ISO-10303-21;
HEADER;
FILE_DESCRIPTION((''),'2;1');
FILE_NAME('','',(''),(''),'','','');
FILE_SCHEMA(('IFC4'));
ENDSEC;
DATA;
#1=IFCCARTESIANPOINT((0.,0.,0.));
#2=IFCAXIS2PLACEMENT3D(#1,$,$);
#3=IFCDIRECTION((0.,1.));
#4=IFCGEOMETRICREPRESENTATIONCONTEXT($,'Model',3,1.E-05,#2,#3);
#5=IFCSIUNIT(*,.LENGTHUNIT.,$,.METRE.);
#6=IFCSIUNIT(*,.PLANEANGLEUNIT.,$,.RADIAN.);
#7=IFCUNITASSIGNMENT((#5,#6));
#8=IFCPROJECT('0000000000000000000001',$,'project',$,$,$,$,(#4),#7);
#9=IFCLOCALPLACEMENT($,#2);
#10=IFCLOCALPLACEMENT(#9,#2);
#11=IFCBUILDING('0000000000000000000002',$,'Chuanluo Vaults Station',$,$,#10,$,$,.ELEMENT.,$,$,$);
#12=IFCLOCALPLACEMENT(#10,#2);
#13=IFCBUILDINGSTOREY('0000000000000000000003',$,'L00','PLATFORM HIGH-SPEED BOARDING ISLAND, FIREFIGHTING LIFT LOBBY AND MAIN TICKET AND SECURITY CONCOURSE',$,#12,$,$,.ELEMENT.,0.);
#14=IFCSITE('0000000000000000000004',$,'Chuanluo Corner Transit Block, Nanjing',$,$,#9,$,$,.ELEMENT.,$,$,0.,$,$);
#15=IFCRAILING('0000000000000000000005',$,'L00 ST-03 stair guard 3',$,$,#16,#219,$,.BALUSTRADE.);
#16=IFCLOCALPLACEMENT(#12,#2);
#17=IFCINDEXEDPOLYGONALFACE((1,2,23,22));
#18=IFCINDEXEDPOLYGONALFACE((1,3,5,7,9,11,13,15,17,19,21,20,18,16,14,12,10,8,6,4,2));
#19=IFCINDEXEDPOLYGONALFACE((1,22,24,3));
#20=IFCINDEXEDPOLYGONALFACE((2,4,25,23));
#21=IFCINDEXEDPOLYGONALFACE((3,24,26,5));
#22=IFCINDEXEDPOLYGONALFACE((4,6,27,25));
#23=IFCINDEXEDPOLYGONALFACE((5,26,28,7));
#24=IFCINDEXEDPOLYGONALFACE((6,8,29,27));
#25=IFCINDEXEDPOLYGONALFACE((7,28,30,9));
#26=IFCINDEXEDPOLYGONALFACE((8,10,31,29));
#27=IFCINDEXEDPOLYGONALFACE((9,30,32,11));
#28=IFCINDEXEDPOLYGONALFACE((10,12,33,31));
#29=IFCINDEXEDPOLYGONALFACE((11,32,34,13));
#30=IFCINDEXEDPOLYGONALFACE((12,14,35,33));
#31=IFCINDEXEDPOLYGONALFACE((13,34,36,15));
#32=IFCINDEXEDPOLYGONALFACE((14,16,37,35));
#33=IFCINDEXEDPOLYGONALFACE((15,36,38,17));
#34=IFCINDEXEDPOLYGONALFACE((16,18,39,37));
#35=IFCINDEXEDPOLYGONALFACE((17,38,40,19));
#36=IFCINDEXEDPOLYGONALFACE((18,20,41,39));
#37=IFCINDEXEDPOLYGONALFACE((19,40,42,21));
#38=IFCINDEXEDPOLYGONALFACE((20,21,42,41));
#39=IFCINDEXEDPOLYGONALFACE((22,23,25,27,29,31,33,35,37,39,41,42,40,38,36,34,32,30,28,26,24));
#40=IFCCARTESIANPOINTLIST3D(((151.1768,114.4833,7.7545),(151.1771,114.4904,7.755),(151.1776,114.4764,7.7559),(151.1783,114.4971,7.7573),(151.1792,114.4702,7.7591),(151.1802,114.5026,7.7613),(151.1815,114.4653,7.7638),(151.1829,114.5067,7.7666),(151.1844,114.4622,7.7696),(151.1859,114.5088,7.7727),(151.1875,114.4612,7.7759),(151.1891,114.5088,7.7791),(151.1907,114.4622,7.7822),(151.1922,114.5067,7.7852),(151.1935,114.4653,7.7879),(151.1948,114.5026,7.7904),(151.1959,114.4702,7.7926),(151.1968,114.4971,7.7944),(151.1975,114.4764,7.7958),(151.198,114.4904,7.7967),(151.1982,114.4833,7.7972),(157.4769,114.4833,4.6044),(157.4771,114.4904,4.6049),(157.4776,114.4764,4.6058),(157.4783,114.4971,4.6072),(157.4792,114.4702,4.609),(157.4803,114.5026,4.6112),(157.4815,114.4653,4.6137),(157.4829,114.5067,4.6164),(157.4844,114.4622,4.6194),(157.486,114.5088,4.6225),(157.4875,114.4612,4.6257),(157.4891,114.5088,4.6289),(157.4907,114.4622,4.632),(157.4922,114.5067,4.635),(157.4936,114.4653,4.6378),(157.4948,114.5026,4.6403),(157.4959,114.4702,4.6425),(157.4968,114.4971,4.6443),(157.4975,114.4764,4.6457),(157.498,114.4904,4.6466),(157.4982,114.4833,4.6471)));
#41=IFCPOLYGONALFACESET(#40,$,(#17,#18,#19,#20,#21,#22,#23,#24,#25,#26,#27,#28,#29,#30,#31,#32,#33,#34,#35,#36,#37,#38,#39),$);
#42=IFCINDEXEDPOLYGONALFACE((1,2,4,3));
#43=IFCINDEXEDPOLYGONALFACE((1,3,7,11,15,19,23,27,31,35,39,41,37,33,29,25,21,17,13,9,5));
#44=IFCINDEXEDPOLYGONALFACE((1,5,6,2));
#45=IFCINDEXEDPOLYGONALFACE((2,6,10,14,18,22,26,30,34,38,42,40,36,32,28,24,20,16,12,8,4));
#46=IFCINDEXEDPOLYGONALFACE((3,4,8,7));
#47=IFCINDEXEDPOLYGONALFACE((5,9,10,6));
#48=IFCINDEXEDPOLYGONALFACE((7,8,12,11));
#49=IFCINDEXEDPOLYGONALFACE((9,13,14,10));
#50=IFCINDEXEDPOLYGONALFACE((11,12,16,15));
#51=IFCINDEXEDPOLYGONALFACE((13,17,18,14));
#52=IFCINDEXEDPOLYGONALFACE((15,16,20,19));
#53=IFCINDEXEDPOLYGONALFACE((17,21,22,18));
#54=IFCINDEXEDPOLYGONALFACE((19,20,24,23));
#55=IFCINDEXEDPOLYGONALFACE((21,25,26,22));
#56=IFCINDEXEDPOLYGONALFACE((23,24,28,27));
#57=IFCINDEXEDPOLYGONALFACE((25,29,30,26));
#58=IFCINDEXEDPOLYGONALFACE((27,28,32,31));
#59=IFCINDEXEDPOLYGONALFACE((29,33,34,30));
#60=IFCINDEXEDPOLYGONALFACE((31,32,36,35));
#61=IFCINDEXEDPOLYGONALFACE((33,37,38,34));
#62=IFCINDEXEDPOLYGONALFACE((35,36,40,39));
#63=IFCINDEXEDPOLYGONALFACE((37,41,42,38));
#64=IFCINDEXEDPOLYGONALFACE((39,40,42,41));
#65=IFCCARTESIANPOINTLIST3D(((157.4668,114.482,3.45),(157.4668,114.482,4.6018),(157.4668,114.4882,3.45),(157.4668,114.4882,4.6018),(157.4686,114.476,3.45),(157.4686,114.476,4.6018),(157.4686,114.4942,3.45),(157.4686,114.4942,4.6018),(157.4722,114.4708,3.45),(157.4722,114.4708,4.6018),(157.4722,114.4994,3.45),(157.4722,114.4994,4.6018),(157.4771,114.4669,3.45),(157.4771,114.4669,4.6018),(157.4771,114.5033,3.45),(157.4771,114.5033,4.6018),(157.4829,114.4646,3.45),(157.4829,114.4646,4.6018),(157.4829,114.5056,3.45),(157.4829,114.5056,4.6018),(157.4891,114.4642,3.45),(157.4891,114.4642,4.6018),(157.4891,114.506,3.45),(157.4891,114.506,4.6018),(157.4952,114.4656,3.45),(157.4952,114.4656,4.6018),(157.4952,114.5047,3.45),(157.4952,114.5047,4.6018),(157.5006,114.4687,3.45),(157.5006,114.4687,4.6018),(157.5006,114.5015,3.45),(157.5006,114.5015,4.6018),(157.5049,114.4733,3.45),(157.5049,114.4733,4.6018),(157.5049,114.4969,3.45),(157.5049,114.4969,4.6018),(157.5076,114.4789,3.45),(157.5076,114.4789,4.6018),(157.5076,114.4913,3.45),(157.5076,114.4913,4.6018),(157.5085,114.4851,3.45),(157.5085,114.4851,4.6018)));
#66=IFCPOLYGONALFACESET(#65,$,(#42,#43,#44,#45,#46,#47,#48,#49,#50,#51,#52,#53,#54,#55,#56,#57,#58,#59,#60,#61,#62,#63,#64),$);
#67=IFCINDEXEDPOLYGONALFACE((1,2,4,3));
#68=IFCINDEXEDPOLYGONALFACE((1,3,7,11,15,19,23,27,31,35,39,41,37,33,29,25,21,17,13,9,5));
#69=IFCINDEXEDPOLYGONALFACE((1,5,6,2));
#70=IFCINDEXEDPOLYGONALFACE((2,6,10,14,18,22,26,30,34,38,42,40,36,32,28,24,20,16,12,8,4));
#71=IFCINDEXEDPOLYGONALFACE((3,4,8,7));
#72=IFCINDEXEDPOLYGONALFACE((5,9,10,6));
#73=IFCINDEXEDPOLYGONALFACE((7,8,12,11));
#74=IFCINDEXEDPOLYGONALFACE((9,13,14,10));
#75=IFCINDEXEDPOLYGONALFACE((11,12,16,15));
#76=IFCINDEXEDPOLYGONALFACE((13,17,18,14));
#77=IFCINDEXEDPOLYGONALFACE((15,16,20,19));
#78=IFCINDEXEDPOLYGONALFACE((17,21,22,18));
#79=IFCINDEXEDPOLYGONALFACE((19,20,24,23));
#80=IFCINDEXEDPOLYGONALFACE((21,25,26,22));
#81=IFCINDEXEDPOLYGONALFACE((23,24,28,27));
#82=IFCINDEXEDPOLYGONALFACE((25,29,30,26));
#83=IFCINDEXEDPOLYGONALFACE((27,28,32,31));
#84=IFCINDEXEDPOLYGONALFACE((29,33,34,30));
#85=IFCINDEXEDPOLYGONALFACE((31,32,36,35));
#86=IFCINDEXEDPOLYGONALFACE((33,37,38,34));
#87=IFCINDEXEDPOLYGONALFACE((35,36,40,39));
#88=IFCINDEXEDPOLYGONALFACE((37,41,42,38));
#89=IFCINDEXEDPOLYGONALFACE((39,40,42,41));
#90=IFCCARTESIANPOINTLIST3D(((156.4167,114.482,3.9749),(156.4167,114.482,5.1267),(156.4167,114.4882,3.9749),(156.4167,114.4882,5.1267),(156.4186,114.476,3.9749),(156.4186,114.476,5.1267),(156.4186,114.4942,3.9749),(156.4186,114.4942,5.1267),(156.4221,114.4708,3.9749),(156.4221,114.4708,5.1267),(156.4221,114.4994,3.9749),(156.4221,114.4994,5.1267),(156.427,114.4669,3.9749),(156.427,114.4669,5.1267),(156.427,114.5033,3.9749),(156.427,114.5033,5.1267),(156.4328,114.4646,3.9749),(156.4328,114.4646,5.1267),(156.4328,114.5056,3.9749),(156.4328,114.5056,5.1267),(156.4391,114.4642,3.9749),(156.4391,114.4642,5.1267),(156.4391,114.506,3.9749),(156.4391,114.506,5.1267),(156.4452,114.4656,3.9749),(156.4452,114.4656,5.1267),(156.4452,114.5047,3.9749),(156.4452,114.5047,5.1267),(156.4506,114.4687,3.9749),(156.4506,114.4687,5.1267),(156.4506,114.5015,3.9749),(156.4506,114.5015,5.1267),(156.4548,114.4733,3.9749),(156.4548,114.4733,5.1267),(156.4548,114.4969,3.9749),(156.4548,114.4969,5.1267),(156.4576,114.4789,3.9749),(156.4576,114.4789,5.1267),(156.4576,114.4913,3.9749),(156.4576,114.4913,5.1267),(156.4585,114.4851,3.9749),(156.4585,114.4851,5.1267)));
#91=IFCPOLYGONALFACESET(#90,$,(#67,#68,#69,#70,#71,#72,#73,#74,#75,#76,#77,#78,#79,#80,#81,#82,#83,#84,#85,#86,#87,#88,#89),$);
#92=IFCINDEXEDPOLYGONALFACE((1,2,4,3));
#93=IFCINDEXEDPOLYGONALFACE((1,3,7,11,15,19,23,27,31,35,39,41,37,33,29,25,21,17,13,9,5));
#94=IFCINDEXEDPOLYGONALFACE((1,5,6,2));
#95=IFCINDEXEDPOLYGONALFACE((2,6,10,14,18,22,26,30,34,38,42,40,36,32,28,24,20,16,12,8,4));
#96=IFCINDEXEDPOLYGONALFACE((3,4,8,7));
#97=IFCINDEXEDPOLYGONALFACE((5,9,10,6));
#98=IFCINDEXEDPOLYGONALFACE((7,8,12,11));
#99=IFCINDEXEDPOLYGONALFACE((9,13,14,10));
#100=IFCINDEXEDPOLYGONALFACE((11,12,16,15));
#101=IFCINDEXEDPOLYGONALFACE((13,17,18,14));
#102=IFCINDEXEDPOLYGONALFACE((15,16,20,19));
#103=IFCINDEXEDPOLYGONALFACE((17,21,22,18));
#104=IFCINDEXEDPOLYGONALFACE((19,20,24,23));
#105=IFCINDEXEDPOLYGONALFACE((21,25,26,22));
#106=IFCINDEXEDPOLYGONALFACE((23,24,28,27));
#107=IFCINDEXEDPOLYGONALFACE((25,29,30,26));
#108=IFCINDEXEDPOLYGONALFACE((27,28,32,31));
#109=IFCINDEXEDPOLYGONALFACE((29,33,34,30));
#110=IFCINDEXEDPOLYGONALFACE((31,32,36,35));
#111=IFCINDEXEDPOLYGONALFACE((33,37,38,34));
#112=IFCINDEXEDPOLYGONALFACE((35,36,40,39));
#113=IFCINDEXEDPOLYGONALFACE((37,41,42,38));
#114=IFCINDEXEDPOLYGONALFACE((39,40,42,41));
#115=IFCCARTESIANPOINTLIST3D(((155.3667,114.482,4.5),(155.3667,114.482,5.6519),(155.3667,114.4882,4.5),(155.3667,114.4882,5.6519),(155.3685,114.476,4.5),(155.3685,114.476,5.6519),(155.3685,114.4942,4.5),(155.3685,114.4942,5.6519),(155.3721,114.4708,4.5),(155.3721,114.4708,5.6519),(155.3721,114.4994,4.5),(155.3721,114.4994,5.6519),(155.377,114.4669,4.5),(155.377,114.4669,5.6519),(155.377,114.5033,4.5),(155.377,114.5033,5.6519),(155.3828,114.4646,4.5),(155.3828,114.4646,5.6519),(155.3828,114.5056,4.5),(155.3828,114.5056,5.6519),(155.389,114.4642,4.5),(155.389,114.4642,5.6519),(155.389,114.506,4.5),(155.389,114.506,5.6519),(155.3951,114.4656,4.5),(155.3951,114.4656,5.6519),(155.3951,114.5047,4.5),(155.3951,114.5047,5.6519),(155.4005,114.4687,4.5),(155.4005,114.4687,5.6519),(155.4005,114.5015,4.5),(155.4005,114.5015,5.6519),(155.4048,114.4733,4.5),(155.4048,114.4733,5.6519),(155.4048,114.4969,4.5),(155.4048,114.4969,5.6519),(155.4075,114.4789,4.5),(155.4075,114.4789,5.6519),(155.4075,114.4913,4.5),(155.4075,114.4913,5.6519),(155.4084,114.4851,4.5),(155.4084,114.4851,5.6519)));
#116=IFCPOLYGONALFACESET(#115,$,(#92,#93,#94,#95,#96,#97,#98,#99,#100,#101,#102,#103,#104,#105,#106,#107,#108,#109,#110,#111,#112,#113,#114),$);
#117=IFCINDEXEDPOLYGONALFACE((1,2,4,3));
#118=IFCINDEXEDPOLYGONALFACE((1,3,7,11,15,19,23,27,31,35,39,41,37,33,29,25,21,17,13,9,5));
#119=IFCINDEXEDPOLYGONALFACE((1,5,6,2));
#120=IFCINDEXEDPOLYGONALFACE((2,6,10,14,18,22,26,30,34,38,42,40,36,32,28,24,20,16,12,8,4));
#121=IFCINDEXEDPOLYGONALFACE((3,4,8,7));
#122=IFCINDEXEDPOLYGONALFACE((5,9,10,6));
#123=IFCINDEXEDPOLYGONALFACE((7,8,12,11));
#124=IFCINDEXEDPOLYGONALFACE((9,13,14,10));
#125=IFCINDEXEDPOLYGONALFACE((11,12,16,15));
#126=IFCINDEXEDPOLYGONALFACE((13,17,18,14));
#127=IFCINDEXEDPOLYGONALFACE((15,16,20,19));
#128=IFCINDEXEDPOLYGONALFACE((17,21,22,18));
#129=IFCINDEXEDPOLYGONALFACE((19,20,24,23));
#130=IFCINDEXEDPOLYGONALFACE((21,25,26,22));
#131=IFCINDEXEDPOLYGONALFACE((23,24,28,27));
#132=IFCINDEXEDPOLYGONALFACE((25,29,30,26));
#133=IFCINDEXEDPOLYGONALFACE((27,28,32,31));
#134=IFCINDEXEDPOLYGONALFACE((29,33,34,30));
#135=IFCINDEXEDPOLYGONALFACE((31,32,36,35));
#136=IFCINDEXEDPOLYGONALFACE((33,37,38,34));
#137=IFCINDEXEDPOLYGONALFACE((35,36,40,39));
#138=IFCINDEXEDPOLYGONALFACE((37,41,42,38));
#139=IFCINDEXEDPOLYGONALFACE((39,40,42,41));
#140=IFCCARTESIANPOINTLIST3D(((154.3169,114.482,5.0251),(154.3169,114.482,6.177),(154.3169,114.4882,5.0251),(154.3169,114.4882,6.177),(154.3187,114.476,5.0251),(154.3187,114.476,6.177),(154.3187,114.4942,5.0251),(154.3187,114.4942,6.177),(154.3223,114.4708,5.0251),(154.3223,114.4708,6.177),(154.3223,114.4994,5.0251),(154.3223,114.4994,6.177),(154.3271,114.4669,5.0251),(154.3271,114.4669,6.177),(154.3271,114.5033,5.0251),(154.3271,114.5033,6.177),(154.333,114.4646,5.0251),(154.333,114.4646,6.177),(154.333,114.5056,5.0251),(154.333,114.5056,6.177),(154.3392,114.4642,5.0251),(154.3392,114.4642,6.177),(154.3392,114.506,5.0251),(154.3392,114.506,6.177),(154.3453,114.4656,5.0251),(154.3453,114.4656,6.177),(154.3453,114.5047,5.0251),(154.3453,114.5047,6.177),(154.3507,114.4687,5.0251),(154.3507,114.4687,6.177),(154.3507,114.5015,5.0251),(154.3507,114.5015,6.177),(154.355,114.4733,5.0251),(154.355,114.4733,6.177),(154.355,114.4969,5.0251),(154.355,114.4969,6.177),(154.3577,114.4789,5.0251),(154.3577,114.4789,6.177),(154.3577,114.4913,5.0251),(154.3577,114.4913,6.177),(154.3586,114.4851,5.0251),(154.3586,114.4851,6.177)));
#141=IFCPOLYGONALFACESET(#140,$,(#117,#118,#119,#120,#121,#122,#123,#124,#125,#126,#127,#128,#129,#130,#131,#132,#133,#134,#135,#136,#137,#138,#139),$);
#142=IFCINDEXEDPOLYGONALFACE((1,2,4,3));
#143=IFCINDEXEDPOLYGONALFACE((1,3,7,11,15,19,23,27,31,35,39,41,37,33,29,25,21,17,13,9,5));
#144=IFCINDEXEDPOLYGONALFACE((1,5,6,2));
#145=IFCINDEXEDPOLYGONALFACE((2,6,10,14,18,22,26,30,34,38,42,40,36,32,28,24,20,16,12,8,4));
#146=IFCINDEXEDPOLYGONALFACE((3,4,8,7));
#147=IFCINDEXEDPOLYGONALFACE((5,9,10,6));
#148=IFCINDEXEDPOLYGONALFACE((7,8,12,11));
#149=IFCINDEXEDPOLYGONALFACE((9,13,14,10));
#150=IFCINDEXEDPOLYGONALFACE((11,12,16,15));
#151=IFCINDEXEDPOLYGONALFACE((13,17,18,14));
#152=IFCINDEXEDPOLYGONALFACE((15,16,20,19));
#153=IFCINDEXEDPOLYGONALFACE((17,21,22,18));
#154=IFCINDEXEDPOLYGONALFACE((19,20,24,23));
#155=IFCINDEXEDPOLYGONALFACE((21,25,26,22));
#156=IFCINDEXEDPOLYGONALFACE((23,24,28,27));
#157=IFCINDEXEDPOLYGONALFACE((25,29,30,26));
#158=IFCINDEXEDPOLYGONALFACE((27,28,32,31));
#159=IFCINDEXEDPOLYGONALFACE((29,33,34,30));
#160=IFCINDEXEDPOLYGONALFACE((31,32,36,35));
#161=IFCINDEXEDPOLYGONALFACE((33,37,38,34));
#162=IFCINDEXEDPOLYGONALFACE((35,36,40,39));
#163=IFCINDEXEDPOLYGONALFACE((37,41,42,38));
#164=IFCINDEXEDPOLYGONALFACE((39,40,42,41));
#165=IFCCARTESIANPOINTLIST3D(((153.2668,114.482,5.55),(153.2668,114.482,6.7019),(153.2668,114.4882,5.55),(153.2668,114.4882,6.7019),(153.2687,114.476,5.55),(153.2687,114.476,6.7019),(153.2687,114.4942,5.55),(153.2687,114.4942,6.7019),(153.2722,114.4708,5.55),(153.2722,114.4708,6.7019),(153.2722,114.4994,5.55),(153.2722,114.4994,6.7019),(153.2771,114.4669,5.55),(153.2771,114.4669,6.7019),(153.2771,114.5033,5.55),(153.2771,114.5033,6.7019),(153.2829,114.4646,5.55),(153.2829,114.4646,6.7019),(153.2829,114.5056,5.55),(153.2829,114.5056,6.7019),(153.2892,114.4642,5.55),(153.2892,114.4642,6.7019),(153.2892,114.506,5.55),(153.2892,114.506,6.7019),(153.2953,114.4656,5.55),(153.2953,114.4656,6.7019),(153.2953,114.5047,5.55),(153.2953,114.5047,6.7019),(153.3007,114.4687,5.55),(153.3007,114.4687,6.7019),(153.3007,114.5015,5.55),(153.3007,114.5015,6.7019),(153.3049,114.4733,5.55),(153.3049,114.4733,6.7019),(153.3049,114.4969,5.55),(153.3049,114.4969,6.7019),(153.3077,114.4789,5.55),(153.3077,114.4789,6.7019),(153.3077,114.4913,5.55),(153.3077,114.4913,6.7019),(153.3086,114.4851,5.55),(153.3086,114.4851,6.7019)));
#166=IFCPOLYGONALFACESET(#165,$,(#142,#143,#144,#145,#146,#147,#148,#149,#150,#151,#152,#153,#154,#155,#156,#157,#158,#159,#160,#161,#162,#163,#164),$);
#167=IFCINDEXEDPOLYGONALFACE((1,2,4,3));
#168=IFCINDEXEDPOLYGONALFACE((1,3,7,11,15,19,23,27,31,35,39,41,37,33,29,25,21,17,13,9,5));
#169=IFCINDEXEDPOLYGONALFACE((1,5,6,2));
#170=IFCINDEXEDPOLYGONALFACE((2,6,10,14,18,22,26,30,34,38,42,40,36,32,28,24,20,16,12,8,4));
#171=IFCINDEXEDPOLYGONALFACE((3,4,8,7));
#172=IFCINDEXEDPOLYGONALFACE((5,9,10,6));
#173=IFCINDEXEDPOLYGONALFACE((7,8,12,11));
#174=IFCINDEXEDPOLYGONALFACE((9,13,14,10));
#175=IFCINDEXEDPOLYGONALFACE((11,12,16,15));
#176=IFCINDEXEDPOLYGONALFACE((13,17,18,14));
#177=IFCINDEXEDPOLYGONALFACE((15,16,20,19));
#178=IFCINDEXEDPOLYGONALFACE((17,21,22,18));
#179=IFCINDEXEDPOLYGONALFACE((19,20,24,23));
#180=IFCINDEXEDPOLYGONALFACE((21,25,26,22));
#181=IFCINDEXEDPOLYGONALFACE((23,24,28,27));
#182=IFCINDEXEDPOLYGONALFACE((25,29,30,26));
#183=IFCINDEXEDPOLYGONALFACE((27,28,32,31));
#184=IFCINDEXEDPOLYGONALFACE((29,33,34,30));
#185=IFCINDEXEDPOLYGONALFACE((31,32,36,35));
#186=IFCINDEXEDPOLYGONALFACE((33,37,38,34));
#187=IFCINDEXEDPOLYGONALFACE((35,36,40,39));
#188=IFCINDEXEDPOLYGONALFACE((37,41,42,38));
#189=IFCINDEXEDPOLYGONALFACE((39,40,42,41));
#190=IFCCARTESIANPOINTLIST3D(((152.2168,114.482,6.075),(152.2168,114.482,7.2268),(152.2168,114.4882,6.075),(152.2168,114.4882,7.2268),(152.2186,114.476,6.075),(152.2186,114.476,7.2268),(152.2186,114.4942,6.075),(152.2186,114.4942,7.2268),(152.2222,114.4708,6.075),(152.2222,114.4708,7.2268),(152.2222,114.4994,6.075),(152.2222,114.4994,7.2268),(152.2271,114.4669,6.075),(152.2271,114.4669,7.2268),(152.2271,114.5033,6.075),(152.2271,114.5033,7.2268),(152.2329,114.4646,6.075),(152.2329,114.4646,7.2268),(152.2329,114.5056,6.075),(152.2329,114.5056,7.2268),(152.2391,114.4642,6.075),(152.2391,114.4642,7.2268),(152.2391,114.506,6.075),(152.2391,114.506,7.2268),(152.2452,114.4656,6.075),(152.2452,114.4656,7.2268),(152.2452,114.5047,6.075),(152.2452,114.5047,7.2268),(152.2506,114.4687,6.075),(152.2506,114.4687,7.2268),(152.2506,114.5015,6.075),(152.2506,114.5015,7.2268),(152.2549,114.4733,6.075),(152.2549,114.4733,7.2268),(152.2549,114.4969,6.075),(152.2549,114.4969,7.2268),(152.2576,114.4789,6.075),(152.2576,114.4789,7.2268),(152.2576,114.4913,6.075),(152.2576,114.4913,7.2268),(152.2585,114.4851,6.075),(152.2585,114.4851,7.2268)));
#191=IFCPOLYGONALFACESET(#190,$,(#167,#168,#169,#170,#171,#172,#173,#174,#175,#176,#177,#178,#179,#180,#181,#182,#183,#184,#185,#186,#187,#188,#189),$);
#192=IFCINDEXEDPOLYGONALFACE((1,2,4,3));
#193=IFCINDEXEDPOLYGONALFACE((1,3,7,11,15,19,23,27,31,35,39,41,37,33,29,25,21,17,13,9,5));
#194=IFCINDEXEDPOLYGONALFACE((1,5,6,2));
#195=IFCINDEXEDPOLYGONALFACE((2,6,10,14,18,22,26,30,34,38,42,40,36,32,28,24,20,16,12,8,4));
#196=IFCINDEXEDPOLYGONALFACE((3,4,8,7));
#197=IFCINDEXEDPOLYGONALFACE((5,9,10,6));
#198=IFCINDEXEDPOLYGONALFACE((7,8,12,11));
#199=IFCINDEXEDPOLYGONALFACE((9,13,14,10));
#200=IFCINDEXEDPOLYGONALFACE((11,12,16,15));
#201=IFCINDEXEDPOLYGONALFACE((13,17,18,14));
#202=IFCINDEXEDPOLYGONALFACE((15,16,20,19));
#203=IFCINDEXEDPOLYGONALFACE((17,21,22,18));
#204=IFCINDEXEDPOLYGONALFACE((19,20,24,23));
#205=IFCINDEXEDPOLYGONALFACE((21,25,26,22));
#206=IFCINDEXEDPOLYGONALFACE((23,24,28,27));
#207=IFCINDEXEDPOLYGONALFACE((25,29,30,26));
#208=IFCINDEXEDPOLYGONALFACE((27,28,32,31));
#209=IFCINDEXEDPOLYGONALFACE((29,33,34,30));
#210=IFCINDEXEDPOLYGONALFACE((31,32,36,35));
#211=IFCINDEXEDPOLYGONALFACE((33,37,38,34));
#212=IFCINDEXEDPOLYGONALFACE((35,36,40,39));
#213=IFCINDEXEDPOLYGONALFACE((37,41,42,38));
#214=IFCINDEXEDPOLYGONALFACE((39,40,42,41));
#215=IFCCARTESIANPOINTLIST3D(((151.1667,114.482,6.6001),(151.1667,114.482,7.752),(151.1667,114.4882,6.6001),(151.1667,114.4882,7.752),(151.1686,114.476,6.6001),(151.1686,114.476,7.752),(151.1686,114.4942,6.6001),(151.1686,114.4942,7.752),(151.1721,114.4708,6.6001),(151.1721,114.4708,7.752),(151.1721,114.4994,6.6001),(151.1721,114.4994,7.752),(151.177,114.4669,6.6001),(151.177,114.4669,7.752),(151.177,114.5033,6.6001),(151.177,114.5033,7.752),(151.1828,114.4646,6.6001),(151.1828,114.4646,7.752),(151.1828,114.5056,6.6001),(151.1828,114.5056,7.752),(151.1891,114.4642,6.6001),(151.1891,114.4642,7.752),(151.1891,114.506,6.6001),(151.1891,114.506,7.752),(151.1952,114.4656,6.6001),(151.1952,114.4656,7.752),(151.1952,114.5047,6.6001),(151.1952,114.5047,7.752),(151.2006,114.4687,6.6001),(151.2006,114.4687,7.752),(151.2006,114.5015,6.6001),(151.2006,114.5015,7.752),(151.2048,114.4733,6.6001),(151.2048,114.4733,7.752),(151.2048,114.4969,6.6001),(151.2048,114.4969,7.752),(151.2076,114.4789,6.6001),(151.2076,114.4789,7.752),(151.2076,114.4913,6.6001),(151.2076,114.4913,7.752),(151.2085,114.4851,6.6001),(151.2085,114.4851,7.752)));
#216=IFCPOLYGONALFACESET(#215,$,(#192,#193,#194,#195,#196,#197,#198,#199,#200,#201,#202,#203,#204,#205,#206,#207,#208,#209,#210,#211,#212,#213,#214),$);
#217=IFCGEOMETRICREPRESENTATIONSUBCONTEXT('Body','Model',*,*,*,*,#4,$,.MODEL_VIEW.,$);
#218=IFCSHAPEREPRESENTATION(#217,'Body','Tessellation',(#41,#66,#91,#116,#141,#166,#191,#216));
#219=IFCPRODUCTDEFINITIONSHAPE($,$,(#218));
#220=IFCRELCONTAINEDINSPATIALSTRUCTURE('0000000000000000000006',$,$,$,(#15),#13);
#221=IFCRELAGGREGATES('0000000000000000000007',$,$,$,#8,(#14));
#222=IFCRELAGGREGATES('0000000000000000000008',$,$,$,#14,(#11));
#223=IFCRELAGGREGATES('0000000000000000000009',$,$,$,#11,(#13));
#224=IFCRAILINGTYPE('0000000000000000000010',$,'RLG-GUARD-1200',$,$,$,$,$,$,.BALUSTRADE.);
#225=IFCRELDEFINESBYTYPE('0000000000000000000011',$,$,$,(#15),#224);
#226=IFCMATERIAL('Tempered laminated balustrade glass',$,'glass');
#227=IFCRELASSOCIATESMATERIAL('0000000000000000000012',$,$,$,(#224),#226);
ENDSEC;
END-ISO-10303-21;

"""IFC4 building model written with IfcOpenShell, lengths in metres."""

from ifc_helpers import new_model, si_unit, direction, frame, origin, origin_2d, place, context, subcontext, project, spatial, circle, extrude, material, type_object, element, save


model = new_model("IFC4")

# Units and contexts
model_context = context("Model", 3, precision=1e-05, world=origin(), true_north=direction((0.0, 1.0)))
body_context = subcontext(model_context, "Body", "Model", "MODEL_VIEW")
ifc_project = project(units=[si_unit("LENGTHUNIT", "METRE"), si_unit("PLANEANGLEUNIT", "RADIAN")], contexts=[model_context])

# Site, building, storey
site_placement = place(None, origin())
site = spatial("IfcSite", under=ifc_project, at=site_placement, Name="Chuanluo Corner Transit Block, Nanjing", CompositionType="ELEMENT", RefElevation=0.0)
building_placement = place(site_placement, origin())
building = spatial("IfcBuilding", under=site, at=building_placement, Name="Chuanluo Vaults Station", CompositionType="ELEMENT")
storey_placement = place(building_placement, origin())
storey = spatial("IfcBuildingStorey", under=building, at=storey_placement, Name="L00", Description="PLATFORM HIGH-SPEED BOARDING ISLAND, FIREFIGHTING LIFT LOBBY AND MAIN TICKET AND SECURITY CONCOURSE", CompositionType="ELEMENT", Elevation=0.0)

# Railing
ifc_material_1 = material(Name="Tempered laminated balustrade glass", Category="glass")
railing_type_1 = type_object("IfcRailingType", Name="RLG-GUARD-1200", PredefinedType="BALUSTRADE", material=ifc_material_1)
railing_1_placement = place(storey_placement, frame((157.4875, 114.4851, 3.45)))
element("IfcRailing", 1, at=railing_1_placement, inside=storey, type_object=railing_type_1, Name="L00 ST-03 stair guard 3", PredefinedType="BALUSTRADE", context=body_context, shape_type="SweptSolid", body=[
    extrude(circle(Radius=0.0239, at=origin_2d()), frame((0.0, 0.0, 1.1758), z_axis=(-0.89442, 0.0, 0.447227), x_axis=(0.0, -1.0, 0.0)), (0.0, 0.0, 1.0), 7.0437),
    extrude(circle(Radius=0.021, at=origin_2d()), origin(), (0.0, 0.0, 1.0), 1.1519),
    extrude(circle(Radius=0.021, at=origin_2d()), frame((-1.05, 0.0, 0.5249)), (0.0, 0.0, 1.0), 1.1519),
    extrude(circle(Radius=0.021, at=origin_2d()), frame((-2.1001, 0.0, 1.05)), (0.0, 0.0, 1.0), 1.1519),
    extrude(circle(Radius=0.021, at=origin_2d()), frame((-3.1499, 0.0, 1.5752)), (0.0, 0.0, 1.0), 1.1519),
    extrude(circle(Radius=0.021, at=origin_2d()), frame((-4.2, 0.0, 2.1001)), (0.0, 0.0, 1.0), 1.1519),
    extrude(circle(Radius=0.021, at=origin_2d()), frame((-5.25, 0.0, 2.625)), (0.0, 0.0, 1.0), 1.1519),
    extrude(circle(Radius=0.021, at=origin_2d()), frame((-6.3, 0.0, 3.1501)), (0.0, 0.0, 1.0), 1.1519),
])

save(model, "model.ifc")
